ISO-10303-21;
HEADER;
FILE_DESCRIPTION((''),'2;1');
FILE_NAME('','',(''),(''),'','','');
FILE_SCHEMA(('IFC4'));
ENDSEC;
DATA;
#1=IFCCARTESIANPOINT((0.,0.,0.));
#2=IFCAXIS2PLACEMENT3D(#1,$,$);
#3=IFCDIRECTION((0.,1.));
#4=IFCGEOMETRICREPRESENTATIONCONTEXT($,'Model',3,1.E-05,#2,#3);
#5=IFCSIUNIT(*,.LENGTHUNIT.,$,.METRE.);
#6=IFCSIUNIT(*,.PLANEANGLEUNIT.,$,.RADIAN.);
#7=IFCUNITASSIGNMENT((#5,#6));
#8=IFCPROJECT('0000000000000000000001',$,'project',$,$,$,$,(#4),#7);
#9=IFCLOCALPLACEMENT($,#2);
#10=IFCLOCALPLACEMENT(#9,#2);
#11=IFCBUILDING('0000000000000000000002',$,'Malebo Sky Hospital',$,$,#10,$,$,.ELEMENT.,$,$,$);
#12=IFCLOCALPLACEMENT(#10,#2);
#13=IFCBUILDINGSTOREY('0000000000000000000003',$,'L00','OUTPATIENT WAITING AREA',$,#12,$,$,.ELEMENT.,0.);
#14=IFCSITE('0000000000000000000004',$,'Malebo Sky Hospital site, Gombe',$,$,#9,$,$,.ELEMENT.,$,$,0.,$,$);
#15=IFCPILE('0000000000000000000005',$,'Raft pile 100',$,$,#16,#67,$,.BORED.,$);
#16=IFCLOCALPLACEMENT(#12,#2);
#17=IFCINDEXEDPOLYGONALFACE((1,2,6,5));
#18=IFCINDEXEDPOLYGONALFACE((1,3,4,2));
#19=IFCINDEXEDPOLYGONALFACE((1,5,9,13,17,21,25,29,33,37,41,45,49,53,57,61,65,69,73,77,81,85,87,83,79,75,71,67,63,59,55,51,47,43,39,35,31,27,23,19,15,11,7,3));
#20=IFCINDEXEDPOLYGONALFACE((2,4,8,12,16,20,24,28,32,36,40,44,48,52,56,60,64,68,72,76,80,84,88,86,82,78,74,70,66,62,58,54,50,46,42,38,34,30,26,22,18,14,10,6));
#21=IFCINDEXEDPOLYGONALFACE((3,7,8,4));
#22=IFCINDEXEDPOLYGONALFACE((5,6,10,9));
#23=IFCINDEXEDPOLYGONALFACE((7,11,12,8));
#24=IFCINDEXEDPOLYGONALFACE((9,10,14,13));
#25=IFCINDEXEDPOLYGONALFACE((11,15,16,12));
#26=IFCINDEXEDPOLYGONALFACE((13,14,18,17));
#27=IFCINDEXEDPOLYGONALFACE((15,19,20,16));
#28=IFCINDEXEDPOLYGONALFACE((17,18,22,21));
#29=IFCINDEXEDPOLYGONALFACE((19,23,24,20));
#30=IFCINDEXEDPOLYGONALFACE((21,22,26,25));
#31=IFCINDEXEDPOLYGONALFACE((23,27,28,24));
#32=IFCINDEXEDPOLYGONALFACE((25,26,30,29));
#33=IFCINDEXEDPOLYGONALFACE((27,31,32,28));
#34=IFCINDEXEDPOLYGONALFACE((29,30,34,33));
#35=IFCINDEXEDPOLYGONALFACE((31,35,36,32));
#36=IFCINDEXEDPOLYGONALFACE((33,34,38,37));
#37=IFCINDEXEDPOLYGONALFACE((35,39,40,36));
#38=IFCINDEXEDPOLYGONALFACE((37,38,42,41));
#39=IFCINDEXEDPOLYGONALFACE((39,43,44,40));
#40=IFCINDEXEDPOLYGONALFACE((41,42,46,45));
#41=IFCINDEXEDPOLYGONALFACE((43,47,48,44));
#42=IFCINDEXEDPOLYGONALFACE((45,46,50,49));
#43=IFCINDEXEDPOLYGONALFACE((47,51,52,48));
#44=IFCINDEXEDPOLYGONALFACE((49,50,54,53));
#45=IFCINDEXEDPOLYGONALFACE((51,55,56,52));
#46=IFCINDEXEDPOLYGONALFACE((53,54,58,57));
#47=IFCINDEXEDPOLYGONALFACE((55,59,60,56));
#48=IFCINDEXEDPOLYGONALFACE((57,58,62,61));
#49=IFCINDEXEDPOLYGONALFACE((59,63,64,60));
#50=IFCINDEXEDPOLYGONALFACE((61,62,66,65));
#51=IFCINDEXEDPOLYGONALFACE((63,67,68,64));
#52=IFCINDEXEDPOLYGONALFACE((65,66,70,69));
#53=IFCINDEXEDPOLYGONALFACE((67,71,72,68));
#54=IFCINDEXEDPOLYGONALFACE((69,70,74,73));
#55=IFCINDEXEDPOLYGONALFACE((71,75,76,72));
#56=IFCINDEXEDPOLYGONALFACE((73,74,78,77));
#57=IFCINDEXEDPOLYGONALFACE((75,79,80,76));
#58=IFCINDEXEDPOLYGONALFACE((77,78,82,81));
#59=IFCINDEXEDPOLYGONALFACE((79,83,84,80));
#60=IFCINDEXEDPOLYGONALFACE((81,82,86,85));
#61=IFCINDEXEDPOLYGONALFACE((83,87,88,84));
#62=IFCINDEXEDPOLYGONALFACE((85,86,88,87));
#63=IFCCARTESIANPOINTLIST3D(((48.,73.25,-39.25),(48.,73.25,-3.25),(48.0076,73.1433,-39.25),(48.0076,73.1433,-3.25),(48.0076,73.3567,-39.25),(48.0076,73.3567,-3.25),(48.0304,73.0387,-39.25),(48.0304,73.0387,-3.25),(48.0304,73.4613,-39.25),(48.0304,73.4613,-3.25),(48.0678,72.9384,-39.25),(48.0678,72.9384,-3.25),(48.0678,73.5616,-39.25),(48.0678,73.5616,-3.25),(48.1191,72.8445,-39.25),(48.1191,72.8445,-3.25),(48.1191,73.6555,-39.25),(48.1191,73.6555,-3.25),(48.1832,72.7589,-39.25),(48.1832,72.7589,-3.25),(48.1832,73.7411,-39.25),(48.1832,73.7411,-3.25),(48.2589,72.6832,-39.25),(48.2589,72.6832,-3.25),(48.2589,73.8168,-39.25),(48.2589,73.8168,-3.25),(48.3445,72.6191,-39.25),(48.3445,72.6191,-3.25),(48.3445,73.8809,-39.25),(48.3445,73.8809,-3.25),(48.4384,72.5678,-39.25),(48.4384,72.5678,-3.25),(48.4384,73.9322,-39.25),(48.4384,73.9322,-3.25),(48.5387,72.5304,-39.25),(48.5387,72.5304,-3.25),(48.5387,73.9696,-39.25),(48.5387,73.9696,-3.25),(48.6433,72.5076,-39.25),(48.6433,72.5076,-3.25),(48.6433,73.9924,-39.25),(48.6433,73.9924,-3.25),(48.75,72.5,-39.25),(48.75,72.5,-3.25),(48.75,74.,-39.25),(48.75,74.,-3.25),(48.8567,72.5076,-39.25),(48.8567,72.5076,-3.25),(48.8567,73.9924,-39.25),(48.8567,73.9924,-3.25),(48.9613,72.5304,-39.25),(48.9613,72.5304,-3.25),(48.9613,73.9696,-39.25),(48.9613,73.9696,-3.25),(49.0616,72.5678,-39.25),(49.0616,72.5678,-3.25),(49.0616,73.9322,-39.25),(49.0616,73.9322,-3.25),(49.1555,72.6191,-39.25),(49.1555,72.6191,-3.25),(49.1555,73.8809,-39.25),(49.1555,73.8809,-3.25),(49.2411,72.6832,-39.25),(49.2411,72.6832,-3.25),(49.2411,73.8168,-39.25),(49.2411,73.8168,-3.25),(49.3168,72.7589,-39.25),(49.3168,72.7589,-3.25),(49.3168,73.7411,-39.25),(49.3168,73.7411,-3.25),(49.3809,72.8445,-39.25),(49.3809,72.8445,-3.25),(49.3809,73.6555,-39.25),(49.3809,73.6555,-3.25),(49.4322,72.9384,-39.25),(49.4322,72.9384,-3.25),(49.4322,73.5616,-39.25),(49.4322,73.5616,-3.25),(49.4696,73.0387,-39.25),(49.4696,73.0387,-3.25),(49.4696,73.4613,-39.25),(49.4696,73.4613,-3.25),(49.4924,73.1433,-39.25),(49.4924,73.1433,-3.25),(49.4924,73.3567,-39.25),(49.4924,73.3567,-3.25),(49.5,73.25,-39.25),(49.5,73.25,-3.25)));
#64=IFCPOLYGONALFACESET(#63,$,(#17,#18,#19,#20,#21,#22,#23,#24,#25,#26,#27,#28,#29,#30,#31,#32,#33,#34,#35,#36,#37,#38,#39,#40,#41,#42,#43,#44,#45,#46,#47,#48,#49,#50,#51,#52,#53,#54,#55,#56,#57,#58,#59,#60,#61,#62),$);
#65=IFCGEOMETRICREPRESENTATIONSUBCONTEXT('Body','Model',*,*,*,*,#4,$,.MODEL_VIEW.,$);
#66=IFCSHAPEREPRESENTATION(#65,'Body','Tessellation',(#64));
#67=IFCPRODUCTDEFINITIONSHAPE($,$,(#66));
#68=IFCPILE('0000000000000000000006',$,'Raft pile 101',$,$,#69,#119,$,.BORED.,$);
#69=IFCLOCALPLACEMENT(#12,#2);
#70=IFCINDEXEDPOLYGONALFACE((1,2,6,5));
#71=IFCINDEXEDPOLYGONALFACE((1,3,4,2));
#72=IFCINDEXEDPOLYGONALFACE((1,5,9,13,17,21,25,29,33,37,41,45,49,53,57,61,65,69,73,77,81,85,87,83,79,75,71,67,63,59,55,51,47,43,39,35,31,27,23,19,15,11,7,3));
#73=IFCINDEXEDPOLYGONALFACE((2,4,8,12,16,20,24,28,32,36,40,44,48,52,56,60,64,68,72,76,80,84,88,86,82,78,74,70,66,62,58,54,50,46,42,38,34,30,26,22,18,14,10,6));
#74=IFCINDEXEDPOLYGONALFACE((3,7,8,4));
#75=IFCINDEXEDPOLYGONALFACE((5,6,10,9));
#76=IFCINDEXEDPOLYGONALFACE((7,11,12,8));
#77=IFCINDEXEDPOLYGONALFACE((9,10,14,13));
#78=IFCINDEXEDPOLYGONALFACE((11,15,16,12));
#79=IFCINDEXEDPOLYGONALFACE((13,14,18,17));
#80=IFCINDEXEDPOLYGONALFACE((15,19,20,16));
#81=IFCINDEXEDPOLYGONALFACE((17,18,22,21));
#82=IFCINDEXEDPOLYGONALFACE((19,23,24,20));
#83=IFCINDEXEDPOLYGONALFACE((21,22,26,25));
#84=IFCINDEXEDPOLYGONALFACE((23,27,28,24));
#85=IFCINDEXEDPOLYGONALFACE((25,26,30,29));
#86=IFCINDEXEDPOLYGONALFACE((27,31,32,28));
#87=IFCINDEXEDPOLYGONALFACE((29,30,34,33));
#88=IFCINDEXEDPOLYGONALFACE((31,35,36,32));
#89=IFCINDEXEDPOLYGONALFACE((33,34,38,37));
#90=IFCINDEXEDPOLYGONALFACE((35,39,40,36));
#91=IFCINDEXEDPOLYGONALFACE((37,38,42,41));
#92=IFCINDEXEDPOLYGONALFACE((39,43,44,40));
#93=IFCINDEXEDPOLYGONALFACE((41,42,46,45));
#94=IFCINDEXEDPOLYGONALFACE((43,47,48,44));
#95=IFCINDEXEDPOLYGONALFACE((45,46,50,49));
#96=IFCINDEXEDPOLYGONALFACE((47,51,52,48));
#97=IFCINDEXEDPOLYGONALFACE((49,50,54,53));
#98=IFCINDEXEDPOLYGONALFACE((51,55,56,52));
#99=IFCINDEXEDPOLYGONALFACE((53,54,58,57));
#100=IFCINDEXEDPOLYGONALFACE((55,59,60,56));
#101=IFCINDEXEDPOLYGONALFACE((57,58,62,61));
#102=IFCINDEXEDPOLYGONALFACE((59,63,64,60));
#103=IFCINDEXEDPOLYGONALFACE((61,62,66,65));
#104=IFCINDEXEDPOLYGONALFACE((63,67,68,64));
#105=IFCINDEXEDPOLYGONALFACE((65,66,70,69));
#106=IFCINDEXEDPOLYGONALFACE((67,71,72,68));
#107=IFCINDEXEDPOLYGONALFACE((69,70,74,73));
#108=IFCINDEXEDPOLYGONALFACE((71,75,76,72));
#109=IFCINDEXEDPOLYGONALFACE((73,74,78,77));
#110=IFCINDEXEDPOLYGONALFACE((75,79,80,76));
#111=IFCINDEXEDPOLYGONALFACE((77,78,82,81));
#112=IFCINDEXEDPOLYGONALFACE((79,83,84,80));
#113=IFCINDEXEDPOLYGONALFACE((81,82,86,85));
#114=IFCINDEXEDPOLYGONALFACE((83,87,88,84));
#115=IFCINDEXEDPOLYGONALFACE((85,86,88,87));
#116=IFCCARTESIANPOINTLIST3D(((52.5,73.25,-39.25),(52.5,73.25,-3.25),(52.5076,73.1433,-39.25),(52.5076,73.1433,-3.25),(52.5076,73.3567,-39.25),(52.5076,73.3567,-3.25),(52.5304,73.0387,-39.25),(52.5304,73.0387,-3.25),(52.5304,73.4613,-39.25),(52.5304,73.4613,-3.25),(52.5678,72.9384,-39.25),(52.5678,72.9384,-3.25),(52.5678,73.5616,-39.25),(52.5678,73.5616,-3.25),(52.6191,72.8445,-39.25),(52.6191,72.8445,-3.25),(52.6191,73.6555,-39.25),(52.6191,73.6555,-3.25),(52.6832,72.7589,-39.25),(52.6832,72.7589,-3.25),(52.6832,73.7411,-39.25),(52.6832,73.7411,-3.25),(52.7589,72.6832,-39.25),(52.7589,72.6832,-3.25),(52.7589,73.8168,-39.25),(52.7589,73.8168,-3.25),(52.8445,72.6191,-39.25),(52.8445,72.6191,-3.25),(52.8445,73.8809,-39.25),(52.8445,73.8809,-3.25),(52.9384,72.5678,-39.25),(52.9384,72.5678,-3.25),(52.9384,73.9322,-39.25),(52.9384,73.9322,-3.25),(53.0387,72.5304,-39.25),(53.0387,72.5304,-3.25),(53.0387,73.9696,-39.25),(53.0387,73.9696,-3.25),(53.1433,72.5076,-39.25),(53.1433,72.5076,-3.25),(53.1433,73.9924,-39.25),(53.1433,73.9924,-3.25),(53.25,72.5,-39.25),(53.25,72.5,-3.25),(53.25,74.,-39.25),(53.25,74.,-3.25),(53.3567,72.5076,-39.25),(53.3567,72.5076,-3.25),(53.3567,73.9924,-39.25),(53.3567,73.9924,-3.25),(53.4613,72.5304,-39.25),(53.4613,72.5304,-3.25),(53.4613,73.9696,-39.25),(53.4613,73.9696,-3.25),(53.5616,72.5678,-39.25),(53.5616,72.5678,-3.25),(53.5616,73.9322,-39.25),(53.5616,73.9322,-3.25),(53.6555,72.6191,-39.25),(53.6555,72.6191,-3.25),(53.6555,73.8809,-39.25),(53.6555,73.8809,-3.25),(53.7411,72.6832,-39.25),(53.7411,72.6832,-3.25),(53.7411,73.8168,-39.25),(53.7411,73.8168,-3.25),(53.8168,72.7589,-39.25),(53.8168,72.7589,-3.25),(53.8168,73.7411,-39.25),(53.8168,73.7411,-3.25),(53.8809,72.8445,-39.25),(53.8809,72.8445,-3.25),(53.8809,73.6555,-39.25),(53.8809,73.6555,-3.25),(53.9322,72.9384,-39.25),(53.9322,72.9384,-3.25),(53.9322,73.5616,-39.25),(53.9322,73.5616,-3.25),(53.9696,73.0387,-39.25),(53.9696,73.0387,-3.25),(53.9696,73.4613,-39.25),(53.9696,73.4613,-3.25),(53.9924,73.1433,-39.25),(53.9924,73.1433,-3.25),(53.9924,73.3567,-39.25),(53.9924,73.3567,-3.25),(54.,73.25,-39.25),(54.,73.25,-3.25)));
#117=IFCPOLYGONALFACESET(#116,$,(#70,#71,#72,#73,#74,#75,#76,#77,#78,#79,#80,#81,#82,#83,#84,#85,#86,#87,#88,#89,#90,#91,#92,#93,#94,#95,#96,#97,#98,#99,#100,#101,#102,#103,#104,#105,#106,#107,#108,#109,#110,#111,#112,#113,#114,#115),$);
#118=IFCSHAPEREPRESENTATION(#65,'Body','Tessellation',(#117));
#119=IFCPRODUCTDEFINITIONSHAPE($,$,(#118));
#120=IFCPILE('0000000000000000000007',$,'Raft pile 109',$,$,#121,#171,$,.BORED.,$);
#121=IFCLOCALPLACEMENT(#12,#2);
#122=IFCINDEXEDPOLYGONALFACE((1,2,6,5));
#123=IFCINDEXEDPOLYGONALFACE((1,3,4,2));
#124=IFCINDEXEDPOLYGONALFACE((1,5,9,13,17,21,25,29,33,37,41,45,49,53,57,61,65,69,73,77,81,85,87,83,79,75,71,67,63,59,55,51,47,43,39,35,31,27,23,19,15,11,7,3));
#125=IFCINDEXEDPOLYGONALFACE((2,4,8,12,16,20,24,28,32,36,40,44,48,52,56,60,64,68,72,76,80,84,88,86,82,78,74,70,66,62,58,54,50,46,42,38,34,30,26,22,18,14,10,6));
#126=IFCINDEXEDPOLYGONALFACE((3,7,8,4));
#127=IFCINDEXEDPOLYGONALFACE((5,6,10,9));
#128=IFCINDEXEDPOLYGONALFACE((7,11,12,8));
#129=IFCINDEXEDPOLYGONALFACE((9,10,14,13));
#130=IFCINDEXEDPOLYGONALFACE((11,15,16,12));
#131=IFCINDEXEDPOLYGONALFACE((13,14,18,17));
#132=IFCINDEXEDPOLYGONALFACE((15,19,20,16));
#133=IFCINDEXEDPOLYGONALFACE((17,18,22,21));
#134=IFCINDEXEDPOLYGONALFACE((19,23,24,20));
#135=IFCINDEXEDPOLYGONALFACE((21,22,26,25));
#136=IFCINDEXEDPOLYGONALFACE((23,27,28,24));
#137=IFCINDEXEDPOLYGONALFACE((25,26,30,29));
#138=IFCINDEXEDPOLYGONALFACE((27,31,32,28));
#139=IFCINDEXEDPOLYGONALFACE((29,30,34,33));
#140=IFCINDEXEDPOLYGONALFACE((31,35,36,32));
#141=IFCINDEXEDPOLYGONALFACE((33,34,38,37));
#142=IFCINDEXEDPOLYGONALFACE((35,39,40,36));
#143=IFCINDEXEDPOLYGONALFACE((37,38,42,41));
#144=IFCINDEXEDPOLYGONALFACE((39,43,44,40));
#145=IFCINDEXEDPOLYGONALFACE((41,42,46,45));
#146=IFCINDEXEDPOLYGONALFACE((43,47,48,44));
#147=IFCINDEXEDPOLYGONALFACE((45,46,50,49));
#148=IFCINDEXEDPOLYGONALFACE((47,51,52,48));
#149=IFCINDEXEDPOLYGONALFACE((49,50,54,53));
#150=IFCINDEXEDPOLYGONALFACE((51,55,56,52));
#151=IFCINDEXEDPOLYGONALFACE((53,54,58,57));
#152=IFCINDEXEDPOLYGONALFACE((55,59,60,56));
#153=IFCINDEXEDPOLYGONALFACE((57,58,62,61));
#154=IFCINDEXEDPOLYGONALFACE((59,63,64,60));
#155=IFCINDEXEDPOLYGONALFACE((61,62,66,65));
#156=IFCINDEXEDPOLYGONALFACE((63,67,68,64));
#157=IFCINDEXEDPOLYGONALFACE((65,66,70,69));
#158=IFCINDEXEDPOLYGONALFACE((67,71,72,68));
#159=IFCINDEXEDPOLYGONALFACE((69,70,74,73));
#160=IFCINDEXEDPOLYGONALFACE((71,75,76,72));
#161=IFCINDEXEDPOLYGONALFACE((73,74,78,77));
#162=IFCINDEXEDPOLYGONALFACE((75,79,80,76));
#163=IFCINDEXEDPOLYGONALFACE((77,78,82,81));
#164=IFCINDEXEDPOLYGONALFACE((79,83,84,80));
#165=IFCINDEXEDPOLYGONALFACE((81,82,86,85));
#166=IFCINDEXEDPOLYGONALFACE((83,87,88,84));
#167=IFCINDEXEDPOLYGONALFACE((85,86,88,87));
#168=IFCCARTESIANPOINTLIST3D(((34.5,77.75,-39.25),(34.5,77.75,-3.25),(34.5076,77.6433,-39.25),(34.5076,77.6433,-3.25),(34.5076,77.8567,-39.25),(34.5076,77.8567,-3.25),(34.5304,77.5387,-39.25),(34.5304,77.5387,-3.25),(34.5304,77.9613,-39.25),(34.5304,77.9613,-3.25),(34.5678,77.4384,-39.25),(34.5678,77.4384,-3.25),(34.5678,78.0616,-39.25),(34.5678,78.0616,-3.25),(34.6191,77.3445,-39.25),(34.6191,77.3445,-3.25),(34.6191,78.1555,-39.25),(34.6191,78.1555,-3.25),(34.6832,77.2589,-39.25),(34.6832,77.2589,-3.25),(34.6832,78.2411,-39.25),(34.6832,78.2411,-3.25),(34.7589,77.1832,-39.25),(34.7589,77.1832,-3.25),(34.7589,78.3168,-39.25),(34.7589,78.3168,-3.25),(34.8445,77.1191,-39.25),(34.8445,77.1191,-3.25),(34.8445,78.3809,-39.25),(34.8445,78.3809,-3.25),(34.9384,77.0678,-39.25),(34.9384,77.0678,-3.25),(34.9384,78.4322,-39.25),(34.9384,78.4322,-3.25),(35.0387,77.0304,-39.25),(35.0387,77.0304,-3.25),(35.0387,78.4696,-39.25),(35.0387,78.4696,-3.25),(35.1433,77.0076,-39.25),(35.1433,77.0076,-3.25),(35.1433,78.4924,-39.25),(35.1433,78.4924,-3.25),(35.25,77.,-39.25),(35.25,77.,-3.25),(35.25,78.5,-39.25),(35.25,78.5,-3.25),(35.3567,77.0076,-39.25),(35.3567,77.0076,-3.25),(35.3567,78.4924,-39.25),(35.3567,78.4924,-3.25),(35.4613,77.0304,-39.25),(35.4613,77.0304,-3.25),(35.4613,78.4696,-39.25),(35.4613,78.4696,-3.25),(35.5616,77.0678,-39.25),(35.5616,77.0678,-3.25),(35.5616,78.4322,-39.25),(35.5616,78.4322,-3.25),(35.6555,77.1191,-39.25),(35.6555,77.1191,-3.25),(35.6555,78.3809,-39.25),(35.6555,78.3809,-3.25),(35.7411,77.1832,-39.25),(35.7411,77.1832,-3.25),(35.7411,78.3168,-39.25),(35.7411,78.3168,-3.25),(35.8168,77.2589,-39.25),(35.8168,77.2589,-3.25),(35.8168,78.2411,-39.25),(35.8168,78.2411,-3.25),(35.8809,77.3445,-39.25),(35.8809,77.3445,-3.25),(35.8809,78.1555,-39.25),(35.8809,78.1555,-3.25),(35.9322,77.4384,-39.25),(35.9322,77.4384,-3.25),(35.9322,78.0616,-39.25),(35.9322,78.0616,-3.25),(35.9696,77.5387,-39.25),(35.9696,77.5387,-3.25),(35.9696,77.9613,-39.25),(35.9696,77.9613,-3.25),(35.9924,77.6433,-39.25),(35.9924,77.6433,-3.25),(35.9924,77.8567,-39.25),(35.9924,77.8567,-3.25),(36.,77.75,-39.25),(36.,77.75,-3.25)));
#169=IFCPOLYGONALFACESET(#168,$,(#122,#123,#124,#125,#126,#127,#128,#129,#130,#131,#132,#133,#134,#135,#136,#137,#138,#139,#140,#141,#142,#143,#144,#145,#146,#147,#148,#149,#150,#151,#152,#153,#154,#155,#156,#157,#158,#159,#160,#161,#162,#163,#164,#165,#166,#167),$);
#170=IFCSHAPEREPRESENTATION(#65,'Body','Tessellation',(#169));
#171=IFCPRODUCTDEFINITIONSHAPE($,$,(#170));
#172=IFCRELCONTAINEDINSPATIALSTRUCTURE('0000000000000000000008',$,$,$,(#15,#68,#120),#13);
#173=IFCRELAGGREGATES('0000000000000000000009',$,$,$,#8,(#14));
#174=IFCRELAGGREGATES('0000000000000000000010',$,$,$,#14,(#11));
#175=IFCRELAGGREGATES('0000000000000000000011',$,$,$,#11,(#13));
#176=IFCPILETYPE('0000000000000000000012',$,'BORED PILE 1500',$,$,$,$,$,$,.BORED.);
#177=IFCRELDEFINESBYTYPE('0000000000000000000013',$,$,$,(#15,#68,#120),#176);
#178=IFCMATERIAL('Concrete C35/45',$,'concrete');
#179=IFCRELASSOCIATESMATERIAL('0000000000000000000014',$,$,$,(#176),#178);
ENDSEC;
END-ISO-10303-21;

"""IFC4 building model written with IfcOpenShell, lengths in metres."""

from ifc_helpers import new_model, si_unit, direction, frame, origin, origin_2d, place, context, subcontext, project, spatial, circle, extrude, material, material_profile, profile_set, type_object, element, save


model = new_model("IFC4")

# Units and contexts
model_context = context("Model", 3, precision=1e-05, world=origin(), true_north=direction((0.0, 1.0)))
body_context = subcontext(model_context, "Body", "Model", "MODEL_VIEW")
ifc_project = project(units=[si_unit("LENGTHUNIT", "METRE"), si_unit("PLANEANGLEUNIT", "RADIAN")], contexts=[model_context])

# Site, building, storey
site_placement = place(None, origin())
site = spatial("IfcSite", under=ifc_project, at=site_placement, Name="Malebo Sky Hospital site, Gombe", CompositionType="ELEMENT", RefElevation=0.0)
building_placement = place(site_placement, origin())
building = spatial("IfcBuilding", under=site, at=building_placement, Name="Malebo Sky Hospital", CompositionType="ELEMENT")
storey_placement = place(building_placement, origin())
storey = spatial("IfcBuildingStorey", under=building, at=storey_placement, Name="L00", Description="OUTPATIENT WAITING AREA", CompositionType="ELEMENT", Elevation=0.0)

# Piles
ifc_material_1 = material(Name="Concrete C35/45", Category="concrete")
ifc_material_profile_1 = material_profile(ifc_material_1, circle(Radius=0.75, at=origin_2d()), Name="BP 1500")
ifc_profile_set_1 = profile_set([ifc_material_profile_1], Name="Concrete C35/45")
pile_type = type_object("IfcPileType", Name="BORED PILE 1500", PredefinedType="BORED", material=ifc_profile_set_1)
for number, where, z_axis, x_axis, name in (
    (1, (48.75, 73.25, -3.25), (0.0, 0.0, -1.0), (1.0, 0.0, 0.0), "Raft pile 100"),
    (2, (53.25, 73.25, -3.25), (0.0, 0.0, -1.0), (1.0, 0.0, 0.0), "Raft pile 101"),
    (3, (35.25, 77.75, -3.25), (0.0, 0.0, -1.0), (1.0, 0.0, 0.0), "Raft pile 109"),
):
    element("IfcPile", number, at=place(storey_placement, frame(where, z_axis=z_axis, x_axis=x_axis)), inside=storey, type_object=pile_type, Name=name, PredefinedType="BORED", context=body_context, shape_type="SweptSolid", body=[
        extrude(circle(Radius=0.75, at=origin_2d()), origin(), (0.0, 0.0, 1.0), 36.0),
    ])

save(model, "model.ifc")
